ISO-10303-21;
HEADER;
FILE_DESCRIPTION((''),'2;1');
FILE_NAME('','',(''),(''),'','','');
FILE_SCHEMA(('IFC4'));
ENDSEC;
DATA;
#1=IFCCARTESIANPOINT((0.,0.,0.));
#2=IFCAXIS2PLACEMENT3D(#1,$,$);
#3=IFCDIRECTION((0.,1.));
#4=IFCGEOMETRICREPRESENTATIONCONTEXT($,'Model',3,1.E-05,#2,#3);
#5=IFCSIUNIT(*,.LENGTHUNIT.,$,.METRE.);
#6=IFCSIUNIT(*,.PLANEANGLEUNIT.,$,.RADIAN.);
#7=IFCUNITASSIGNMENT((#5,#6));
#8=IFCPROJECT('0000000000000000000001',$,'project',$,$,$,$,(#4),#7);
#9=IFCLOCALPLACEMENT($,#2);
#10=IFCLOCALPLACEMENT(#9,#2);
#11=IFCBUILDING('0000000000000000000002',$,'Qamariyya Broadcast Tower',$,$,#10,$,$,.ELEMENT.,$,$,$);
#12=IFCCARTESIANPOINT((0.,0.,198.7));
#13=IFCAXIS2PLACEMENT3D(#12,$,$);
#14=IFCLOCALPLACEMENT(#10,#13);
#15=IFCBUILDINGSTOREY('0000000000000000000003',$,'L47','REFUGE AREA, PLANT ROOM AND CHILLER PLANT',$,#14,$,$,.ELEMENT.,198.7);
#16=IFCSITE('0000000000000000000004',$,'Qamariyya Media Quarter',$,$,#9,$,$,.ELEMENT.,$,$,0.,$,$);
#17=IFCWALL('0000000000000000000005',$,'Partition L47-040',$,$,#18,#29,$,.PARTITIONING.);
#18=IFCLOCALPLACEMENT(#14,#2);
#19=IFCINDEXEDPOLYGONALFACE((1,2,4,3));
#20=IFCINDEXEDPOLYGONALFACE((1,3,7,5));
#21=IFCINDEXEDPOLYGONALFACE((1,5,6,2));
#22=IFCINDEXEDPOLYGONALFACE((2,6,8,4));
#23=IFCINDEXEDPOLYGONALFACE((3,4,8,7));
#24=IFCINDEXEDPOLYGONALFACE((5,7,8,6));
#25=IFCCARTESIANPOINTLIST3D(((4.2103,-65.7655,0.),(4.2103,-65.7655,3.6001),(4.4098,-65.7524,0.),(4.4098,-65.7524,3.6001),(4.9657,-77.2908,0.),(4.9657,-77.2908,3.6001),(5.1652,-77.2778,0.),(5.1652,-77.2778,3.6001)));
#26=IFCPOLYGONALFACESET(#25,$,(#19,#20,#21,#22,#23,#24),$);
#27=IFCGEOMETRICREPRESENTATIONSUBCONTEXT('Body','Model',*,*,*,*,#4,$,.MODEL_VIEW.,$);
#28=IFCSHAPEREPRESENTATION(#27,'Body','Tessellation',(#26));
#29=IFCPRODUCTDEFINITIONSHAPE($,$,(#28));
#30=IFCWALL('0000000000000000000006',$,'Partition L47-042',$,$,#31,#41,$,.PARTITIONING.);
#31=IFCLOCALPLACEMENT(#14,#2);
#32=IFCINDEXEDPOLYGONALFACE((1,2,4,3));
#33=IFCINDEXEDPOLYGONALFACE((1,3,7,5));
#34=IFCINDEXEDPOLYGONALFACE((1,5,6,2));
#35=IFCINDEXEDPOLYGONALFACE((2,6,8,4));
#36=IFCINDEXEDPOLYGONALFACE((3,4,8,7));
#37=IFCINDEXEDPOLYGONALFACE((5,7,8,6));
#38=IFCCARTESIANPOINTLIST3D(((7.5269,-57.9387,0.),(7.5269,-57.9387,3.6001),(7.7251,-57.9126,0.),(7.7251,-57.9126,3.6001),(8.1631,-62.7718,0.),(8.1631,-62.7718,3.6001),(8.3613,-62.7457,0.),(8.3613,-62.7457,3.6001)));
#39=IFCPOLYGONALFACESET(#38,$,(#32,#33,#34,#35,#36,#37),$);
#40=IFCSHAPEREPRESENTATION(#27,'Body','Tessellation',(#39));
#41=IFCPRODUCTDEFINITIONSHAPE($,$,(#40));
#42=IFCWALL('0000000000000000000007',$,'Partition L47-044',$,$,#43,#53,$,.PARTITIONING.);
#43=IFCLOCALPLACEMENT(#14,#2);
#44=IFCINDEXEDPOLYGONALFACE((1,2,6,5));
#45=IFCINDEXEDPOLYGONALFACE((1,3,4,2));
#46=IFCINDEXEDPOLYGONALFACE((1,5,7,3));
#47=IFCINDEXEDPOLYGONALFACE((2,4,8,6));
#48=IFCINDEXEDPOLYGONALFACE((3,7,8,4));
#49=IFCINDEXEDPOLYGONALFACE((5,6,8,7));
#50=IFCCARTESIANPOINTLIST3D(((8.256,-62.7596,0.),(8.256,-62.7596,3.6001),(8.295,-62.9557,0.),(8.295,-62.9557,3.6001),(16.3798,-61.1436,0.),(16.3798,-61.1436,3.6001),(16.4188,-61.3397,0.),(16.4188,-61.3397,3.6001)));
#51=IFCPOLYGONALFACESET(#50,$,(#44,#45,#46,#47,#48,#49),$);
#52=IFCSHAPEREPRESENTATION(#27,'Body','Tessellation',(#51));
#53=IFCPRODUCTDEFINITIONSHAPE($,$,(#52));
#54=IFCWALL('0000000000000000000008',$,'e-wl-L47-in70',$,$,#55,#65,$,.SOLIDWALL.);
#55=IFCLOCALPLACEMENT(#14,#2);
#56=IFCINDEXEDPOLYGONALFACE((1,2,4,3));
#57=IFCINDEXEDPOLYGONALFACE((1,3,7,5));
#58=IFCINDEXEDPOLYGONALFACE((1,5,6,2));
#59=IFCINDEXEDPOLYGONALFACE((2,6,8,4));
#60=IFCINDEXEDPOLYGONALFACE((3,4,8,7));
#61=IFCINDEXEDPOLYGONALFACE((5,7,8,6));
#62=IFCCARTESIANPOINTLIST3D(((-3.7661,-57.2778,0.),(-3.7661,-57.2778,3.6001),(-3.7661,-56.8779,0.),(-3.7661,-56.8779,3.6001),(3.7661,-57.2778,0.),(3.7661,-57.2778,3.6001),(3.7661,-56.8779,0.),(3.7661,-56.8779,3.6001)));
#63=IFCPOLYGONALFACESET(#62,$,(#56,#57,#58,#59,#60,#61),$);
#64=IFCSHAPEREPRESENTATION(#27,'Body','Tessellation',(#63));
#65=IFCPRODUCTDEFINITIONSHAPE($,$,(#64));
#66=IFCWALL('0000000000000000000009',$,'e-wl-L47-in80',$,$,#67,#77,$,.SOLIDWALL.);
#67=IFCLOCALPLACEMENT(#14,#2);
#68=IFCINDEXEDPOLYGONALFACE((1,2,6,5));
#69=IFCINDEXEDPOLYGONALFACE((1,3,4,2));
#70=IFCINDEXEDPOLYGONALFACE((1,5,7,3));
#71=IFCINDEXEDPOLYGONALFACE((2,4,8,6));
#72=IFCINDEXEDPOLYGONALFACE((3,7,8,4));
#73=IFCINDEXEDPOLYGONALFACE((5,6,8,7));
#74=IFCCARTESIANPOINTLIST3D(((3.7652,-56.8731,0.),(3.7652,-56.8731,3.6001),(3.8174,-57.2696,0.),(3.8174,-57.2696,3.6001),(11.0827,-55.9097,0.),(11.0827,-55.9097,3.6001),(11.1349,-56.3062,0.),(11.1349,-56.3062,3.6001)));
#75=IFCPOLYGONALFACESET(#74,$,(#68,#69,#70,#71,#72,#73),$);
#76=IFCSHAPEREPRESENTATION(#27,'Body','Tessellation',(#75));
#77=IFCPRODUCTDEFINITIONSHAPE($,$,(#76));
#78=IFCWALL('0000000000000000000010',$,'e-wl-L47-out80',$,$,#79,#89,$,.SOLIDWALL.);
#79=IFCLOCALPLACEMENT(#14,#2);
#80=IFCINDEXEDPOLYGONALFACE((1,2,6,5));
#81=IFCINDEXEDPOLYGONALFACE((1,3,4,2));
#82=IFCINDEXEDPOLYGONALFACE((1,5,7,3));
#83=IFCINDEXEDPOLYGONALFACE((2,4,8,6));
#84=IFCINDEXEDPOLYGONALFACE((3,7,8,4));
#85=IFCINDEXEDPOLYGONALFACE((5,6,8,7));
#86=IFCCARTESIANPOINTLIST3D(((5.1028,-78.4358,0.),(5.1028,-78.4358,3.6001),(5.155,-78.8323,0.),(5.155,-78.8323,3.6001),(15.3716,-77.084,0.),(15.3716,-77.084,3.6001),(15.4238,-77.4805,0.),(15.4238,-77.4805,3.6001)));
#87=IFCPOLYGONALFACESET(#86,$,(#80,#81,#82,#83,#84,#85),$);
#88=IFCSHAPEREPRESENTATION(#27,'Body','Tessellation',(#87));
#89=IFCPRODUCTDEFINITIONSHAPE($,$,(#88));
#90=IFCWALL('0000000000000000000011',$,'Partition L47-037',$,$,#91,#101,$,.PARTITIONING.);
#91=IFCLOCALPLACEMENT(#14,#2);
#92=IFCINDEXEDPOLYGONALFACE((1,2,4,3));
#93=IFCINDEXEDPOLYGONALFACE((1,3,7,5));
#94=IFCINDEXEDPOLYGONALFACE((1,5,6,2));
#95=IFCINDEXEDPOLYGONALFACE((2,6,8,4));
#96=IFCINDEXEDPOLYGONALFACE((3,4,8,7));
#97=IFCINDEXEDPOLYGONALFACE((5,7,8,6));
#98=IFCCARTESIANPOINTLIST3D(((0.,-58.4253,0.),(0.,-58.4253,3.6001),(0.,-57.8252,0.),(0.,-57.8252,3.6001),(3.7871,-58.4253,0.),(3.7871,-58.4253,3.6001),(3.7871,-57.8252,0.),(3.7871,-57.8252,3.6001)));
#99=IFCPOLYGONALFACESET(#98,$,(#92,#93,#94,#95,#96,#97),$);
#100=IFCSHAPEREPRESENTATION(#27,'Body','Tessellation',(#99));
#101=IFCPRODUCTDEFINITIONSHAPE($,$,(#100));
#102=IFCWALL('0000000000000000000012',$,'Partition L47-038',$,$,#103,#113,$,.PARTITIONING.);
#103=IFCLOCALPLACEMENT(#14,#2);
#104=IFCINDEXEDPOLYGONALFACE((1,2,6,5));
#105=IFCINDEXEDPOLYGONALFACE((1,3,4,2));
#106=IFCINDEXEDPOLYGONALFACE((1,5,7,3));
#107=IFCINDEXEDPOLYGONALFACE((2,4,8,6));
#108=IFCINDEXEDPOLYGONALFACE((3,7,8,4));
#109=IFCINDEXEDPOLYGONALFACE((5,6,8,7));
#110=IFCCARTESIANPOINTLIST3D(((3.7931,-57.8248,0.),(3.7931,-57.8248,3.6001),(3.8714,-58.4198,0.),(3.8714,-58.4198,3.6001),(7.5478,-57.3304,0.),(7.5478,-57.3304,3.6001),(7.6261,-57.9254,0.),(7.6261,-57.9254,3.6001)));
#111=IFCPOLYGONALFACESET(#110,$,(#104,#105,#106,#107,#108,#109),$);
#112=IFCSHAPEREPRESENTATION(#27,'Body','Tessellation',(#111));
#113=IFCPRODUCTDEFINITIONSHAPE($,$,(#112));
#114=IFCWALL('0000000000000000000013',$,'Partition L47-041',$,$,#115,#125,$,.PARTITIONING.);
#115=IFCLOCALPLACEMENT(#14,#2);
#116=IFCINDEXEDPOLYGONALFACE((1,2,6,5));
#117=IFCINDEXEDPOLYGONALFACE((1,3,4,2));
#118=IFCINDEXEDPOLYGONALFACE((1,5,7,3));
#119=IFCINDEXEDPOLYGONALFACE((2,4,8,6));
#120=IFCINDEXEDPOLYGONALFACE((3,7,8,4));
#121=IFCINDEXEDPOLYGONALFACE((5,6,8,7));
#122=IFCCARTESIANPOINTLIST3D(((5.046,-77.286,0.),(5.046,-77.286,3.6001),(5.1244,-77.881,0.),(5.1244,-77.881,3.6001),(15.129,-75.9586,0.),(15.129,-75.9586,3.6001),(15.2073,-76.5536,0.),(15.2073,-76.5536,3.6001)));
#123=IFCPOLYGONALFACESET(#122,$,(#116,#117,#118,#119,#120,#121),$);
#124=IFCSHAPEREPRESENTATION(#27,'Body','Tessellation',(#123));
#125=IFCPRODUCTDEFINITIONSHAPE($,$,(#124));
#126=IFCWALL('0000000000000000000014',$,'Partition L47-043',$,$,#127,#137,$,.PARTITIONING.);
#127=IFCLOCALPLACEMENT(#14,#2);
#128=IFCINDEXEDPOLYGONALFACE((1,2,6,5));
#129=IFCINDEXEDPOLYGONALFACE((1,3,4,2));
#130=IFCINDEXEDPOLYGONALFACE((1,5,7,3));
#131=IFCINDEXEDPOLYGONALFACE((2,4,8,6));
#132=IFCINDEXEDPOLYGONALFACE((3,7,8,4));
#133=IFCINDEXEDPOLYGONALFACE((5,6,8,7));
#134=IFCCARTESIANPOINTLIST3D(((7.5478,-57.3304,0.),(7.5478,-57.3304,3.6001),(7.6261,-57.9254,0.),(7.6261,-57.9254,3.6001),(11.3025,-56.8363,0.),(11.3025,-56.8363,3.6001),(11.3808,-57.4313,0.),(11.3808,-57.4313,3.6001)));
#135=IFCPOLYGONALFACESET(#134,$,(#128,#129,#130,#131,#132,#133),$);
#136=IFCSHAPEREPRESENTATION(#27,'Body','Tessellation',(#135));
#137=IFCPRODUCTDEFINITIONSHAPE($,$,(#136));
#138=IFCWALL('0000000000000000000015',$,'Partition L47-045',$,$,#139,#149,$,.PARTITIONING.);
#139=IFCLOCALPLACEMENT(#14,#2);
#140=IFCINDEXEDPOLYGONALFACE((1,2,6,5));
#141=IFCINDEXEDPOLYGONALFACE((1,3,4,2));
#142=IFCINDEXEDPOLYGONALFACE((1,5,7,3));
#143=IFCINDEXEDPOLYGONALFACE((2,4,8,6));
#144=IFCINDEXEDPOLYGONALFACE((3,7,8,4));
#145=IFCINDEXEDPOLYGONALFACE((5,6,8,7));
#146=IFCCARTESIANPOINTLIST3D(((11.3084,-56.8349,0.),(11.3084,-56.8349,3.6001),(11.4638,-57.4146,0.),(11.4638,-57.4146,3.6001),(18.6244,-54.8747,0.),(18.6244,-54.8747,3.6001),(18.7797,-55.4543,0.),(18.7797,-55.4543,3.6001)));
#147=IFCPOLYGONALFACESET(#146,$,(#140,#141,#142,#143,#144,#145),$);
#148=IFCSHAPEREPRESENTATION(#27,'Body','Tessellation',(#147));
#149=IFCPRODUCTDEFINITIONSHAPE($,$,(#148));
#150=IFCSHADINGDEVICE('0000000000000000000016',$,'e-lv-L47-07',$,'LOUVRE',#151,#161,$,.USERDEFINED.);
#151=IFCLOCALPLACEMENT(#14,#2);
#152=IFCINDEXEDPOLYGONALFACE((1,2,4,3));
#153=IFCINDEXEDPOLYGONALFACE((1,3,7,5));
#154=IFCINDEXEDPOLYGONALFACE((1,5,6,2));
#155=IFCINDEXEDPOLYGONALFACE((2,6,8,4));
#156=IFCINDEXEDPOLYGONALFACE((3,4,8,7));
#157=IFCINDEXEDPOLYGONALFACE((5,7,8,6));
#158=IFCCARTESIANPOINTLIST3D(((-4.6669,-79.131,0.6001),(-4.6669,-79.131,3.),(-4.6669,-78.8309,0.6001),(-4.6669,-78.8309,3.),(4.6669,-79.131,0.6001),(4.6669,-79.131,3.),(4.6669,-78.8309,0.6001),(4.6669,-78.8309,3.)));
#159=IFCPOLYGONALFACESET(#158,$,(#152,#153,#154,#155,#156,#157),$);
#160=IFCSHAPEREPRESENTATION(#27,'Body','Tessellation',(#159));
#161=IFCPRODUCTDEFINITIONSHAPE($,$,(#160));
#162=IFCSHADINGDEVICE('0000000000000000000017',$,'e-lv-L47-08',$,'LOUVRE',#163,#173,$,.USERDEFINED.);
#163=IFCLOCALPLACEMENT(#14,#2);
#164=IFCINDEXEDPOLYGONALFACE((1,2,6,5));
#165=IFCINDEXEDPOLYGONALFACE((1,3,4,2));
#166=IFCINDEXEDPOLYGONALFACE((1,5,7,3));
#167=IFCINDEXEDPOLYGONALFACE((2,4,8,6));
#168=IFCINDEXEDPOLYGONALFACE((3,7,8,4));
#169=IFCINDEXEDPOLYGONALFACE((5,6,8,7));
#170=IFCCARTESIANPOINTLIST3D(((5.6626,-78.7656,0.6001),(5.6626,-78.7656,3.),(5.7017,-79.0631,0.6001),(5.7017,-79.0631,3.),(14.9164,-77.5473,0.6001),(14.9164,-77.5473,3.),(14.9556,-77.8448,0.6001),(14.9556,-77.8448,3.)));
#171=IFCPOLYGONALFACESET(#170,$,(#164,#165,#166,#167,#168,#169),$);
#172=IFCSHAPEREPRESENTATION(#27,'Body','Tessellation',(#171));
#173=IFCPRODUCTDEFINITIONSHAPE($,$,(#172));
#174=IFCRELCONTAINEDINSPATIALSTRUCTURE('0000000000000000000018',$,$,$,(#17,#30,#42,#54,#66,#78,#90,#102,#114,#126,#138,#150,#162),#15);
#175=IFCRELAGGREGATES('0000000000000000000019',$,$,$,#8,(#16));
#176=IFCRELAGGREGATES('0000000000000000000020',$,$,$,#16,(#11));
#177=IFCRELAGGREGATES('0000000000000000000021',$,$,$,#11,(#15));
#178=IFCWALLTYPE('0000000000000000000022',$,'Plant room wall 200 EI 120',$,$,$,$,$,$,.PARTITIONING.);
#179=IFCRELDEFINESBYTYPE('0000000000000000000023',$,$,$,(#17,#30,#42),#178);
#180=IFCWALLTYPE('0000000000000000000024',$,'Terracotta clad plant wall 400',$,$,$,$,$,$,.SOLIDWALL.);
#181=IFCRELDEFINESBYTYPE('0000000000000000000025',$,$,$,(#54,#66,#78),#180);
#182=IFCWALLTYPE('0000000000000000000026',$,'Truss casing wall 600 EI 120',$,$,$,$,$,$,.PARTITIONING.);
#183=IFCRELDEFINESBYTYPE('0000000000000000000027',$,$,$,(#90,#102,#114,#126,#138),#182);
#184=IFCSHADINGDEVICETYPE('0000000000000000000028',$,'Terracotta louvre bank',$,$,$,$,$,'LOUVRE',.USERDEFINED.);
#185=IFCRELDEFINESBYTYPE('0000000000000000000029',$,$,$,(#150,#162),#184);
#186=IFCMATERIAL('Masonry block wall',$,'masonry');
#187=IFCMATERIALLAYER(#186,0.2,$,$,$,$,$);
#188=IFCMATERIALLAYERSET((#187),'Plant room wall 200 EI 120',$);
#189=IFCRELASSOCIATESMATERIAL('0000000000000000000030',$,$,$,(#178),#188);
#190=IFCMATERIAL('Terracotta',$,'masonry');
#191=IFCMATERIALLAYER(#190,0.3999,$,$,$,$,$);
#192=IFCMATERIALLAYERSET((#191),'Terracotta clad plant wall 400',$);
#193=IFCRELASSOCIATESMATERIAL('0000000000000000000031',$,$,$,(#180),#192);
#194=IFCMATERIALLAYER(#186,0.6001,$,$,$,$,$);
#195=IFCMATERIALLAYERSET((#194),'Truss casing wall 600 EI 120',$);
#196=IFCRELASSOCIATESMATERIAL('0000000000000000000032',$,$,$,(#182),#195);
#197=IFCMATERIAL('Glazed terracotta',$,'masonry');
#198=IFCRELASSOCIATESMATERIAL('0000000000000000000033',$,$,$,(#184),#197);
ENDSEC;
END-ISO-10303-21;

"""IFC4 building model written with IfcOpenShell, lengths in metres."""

from ifc_helpers import new_model, si_unit, direction, frame, frame_2d, origin, origin_2d, place, context, subcontext, project, spatial, rectangle, extrude, material, layer, layer_set, type_object, element, save


model = new_model("IFC4")

# Units and contexts
model_context = context("Model", 3, precision=1e-05, world=origin(), true_north=direction((0.0, 1.0)))
body_context = subcontext(model_context, "Body", "Model", "MODEL_VIEW")
ifc_project = project(units=[si_unit("LENGTHUNIT", "METRE"), si_unit("PLANEANGLEUNIT", "RADIAN")], contexts=[model_context])

# Site, building, storey
site_placement = place(None, origin())
site = spatial("IfcSite", under=ifc_project, at=site_placement, Name="Qamariyya Media Quarter", CompositionType="ELEMENT", RefElevation=0.0)
building_placement = place(site_placement, origin())
building = spatial("IfcBuilding", under=site, at=building_placement, Name="Qamariyya Broadcast Tower", CompositionType="ELEMENT")
storey_placement = place(building_placement, frame((0.0, 0.0, 198.7)))
storey = spatial("IfcBuildingStorey", under=building, at=storey_placement, Name="L47", Description="REFUGE AREA, PLANT ROOM AND CHILLER PLANT", CompositionType="ELEMENT", Elevation=198.7)

# Shared definitions
ifc_material_1 = material(Name="Masonry block wall", Category="masonry")
ifc_layer_1 = layer(ifc_material_1, 0.2)
ifc_layer_set_1 = layer_set([ifc_layer_1], Name="Plant room wall 200 EI 120")
wall_type_1 = type_object("IfcWallType", Name="Plant room wall 200 EI 120", PredefinedType="PARTITIONING", material=ifc_layer_set_1)

# Walls
wall_1_placement = place(storey_placement, frame((5.0654, -77.2842, 0.0), z_axis=(0.0, 0.0, 1.0), x_axis=(-0.065399, 0.997859, 0.0)))
element("IfcWall", 1, at=wall_1_placement, inside=storey, type_object=wall_type_1, Name="Partition L47-040", PredefinedType="PARTITIONING", context=body_context, shape_type="SweptSolid", body=[
    extrude(rectangle(XDim=11.55, YDim=0.2, at=frame_2d((5.7749, 0.0))), origin(), (0.0, 0.0, 1.0), 3.6001),
])
wall_2_placement = place(storey_placement, frame((7.626, -57.9255, 0.0), z_axis=(0.0, 0.0, 1.0), x_axis=(0.130517, -0.991446, 0.0)))
element("IfcWall", 2, at=wall_2_placement, inside=storey, type_object=wall_type_1, Name="Partition L47-042", PredefinedType="PARTITIONING", context=body_context, shape_type="SweptSolid", body=[
    extrude(rectangle(XDim=4.8748, YDim=0.2, at=frame_2d((2.4375, 0.0))), origin(), (0.0, 0.0, 1.0), 3.6001),
])
wall_3_placement = place(storey_placement, frame((8.2754, -62.8577, 0.0), z_axis=(0.0, 0.0, 1.0), x_axis=(0.980784, 0.195096, 0.0)))
element("IfcWall", 3, at=wall_3_placement, inside=storey, type_object=wall_type_1, Name="Partition L47-044", PredefinedType="PARTITIONING", context=body_context, shape_type="SweptSolid", body=[
    extrude(rectangle(XDim=8.283, YDim=0.2, at=frame_2d((4.1416, 0.0))), origin(), (0.0, 0.0, 1.0), 3.6001),
])
ifc_material_2 = material(Name="Terracotta", Category="masonry")
ifc_layer_2 = layer(ifc_material_2, 0.3999)
ifc_layer_set_2 = layer_set([ifc_layer_2], Name="Terracotta clad plant wall 400")
wall_type_2 = type_object("IfcWallType", Name="Terracotta clad plant wall 400", PredefinedType="SOLIDWALL", material=ifc_layer_set_2)
wall_4_placement = place(storey_placement, frame((3.7661, -57.0779, 0.0), z_axis=(0.0, 0.0, 1.0), x_axis=(-1.0, 0.0, 0.0)))
element("IfcWall", 4, at=wall_4_placement, inside=storey, type_object=wall_type_2, Name="e-wl-L47-in70", PredefinedType="SOLIDWALL", context=body_context, shape_type="SweptSolid", body=[
    extrude(rectangle(XDim=7.5322, YDim=0.3999, at=frame_2d((3.7661, 0.0))), origin(), (0.0, 0.0, 1.0), 3.6001),
])
wall_5_placement = place(storey_placement, frame((11.1089, -56.1079, 0.0), z_axis=(0.0, 0.0, 1.0), x_axis=(-0.991444, -0.13053, 0.0)))
element("IfcWall", 5, at=wall_5_placement, inside=storey, type_object=wall_type_2, Name="e-wl-L47-in80", PredefinedType="SOLIDWALL", context=body_context, shape_type="SweptSolid", body=[
    extrude(rectangle(XDim=7.3806, YDim=0.3999, at=frame_2d((3.6904, 0.0))), origin(), (0.0, 0.0, 1.0), 3.6001),
])
wall_6_placement = place(storey_placement, frame((5.1289, -78.634, 0.0), z_axis=(0.0, 0.0, 1.0), x_axis=(0.991446, 0.130516, 0.0)))
element("IfcWall", 6, at=wall_6_placement, inside=storey, type_object=wall_type_2, Name="e-wl-L47-out80", PredefinedType="SOLIDWALL", context=body_context, shape_type="SweptSolid", body=[
    extrude(rectangle(XDim=10.3574, YDim=0.3999, at=frame_2d((5.1787, 0.0))), origin(), (0.0, 0.0, 1.0), 3.6001),
])
ifc_layer_3 = layer(ifc_material_1, 0.6001)
ifc_layer_set_3 = layer_set([ifc_layer_3], Name="Truss casing wall 600 EI 120")
wall_type_3 = type_object("IfcWallType", Name="Truss casing wall 600 EI 120", PredefinedType="PARTITIONING", material=ifc_layer_set_3)
for number, where, z_axis, x_axis, name in (
    (7, (0.0, -58.1252, 0.0), (0.0, 0.0, 1.0), (1.0, 0.0, 0.0), "Partition L47-037"),
    (8, (3.8323, -58.1223, 0.0), (0.0, 0.0, 1.0), (0.991442, 0.130546, 0.0), "Partition L47-038"),
):
    element("IfcWall", number, at=place(storey_placement, frame(where, z_axis=z_axis, x_axis=x_axis)), inside=storey, type_object=wall_type_3, Name=name, PredefinedType="PARTITIONING", context=body_context, shape_type="SweptSolid", body=[
        extrude(rectangle(XDim=3.7871, YDim=0.6001, at=frame_2d((1.8936, 0.0))), origin(), (0.0, 0.0, 1.0), 3.6001),
    ])
wall_7_placement = place(storey_placement, frame((5.0852, -77.5835, 0.0), z_axis=(0.0, 0.0, 1.0), x_axis=(0.991446, 0.13052, 0.0)))
element("IfcWall", 9, at=wall_7_placement, inside=storey, type_object=wall_type_3, Name="Partition L47-041", PredefinedType="PARTITIONING", context=body_context, shape_type="SweptSolid", body=[
    extrude(rectangle(XDim=10.1699, YDim=0.6001, at=frame_2d((5.085, 0.0))), origin(), (0.0, 0.0, 1.0), 3.6001),
])
wall_8_placement = place(storey_placement, frame((7.5869, -57.6279, 0.0), z_axis=(0.0, 0.0, 1.0), x_axis=(0.991451, 0.130483, 0.0)))
element("IfcWall", 10, at=wall_8_placement, inside=storey, type_object=wall_type_3, Name="Partition L47-043", PredefinedType="PARTITIONING", context=body_context, shape_type="SweptSolid", body=[
    extrude(rectangle(XDim=3.7871, YDim=0.6001, at=frame_2d((1.8936, 0.0))), origin(), (0.0, 0.0, 1.0), 3.6001),
])
wall_9_placement = place(storey_placement, frame((11.386, -57.1248, 0.0), z_axis=(0.0, 0.0, 1.0), x_axis=(0.965929, 0.258808, 0.0)))
element("IfcWall", 11, at=wall_9_placement, inside=storey, type_object=wall_type_3, Name="Partition L47-045", PredefinedType="PARTITIONING", context=body_context, shape_type="SweptSolid", body=[
    extrude(rectangle(XDim=7.574, YDim=0.6001, at=frame_2d((3.7871, 0.0))), origin(), (0.0, 0.0, 1.0), 3.6001),
])

# Shading devices
ifc_material_3 = material(Name="Glazed terracotta", Category="masonry")
shading_device_type = type_object("IfcShadingDeviceType", Name="Terracotta louvre bank", ElementType="LOUVRE", PredefinedType="USERDEFINED", material=ifc_material_3)
for number, where, z_axis, x_axis, name in (
    (12, (0.0, -78.981, 0.6001), (0.0, 0.0, 1.0), (1.0, 0.0, 0.0), "e-lv-L47-07"),
    (13, (10.3091, -78.3052, 0.6001), (0.0, 0.0, 1.0), (0.991445, 0.130526, 0.0), "e-lv-L47-08"),
):
    element("IfcShadingDevice", number, at=place(storey_placement, frame(where, z_axis=z_axis, x_axis=x_axis)), inside=storey, type_object=shading_device_type, Name=name, ObjectType="LOUVRE", PredefinedType="USERDEFINED", context=body_context, shape_type="SweptSolid", body=[
        extrude(rectangle(XDim=9.3337, YDim=0.3, at=origin_2d()), origin(), (0.0, 0.0, 1.0), 2.3999),
    ])

save(model, "model.ifc")
